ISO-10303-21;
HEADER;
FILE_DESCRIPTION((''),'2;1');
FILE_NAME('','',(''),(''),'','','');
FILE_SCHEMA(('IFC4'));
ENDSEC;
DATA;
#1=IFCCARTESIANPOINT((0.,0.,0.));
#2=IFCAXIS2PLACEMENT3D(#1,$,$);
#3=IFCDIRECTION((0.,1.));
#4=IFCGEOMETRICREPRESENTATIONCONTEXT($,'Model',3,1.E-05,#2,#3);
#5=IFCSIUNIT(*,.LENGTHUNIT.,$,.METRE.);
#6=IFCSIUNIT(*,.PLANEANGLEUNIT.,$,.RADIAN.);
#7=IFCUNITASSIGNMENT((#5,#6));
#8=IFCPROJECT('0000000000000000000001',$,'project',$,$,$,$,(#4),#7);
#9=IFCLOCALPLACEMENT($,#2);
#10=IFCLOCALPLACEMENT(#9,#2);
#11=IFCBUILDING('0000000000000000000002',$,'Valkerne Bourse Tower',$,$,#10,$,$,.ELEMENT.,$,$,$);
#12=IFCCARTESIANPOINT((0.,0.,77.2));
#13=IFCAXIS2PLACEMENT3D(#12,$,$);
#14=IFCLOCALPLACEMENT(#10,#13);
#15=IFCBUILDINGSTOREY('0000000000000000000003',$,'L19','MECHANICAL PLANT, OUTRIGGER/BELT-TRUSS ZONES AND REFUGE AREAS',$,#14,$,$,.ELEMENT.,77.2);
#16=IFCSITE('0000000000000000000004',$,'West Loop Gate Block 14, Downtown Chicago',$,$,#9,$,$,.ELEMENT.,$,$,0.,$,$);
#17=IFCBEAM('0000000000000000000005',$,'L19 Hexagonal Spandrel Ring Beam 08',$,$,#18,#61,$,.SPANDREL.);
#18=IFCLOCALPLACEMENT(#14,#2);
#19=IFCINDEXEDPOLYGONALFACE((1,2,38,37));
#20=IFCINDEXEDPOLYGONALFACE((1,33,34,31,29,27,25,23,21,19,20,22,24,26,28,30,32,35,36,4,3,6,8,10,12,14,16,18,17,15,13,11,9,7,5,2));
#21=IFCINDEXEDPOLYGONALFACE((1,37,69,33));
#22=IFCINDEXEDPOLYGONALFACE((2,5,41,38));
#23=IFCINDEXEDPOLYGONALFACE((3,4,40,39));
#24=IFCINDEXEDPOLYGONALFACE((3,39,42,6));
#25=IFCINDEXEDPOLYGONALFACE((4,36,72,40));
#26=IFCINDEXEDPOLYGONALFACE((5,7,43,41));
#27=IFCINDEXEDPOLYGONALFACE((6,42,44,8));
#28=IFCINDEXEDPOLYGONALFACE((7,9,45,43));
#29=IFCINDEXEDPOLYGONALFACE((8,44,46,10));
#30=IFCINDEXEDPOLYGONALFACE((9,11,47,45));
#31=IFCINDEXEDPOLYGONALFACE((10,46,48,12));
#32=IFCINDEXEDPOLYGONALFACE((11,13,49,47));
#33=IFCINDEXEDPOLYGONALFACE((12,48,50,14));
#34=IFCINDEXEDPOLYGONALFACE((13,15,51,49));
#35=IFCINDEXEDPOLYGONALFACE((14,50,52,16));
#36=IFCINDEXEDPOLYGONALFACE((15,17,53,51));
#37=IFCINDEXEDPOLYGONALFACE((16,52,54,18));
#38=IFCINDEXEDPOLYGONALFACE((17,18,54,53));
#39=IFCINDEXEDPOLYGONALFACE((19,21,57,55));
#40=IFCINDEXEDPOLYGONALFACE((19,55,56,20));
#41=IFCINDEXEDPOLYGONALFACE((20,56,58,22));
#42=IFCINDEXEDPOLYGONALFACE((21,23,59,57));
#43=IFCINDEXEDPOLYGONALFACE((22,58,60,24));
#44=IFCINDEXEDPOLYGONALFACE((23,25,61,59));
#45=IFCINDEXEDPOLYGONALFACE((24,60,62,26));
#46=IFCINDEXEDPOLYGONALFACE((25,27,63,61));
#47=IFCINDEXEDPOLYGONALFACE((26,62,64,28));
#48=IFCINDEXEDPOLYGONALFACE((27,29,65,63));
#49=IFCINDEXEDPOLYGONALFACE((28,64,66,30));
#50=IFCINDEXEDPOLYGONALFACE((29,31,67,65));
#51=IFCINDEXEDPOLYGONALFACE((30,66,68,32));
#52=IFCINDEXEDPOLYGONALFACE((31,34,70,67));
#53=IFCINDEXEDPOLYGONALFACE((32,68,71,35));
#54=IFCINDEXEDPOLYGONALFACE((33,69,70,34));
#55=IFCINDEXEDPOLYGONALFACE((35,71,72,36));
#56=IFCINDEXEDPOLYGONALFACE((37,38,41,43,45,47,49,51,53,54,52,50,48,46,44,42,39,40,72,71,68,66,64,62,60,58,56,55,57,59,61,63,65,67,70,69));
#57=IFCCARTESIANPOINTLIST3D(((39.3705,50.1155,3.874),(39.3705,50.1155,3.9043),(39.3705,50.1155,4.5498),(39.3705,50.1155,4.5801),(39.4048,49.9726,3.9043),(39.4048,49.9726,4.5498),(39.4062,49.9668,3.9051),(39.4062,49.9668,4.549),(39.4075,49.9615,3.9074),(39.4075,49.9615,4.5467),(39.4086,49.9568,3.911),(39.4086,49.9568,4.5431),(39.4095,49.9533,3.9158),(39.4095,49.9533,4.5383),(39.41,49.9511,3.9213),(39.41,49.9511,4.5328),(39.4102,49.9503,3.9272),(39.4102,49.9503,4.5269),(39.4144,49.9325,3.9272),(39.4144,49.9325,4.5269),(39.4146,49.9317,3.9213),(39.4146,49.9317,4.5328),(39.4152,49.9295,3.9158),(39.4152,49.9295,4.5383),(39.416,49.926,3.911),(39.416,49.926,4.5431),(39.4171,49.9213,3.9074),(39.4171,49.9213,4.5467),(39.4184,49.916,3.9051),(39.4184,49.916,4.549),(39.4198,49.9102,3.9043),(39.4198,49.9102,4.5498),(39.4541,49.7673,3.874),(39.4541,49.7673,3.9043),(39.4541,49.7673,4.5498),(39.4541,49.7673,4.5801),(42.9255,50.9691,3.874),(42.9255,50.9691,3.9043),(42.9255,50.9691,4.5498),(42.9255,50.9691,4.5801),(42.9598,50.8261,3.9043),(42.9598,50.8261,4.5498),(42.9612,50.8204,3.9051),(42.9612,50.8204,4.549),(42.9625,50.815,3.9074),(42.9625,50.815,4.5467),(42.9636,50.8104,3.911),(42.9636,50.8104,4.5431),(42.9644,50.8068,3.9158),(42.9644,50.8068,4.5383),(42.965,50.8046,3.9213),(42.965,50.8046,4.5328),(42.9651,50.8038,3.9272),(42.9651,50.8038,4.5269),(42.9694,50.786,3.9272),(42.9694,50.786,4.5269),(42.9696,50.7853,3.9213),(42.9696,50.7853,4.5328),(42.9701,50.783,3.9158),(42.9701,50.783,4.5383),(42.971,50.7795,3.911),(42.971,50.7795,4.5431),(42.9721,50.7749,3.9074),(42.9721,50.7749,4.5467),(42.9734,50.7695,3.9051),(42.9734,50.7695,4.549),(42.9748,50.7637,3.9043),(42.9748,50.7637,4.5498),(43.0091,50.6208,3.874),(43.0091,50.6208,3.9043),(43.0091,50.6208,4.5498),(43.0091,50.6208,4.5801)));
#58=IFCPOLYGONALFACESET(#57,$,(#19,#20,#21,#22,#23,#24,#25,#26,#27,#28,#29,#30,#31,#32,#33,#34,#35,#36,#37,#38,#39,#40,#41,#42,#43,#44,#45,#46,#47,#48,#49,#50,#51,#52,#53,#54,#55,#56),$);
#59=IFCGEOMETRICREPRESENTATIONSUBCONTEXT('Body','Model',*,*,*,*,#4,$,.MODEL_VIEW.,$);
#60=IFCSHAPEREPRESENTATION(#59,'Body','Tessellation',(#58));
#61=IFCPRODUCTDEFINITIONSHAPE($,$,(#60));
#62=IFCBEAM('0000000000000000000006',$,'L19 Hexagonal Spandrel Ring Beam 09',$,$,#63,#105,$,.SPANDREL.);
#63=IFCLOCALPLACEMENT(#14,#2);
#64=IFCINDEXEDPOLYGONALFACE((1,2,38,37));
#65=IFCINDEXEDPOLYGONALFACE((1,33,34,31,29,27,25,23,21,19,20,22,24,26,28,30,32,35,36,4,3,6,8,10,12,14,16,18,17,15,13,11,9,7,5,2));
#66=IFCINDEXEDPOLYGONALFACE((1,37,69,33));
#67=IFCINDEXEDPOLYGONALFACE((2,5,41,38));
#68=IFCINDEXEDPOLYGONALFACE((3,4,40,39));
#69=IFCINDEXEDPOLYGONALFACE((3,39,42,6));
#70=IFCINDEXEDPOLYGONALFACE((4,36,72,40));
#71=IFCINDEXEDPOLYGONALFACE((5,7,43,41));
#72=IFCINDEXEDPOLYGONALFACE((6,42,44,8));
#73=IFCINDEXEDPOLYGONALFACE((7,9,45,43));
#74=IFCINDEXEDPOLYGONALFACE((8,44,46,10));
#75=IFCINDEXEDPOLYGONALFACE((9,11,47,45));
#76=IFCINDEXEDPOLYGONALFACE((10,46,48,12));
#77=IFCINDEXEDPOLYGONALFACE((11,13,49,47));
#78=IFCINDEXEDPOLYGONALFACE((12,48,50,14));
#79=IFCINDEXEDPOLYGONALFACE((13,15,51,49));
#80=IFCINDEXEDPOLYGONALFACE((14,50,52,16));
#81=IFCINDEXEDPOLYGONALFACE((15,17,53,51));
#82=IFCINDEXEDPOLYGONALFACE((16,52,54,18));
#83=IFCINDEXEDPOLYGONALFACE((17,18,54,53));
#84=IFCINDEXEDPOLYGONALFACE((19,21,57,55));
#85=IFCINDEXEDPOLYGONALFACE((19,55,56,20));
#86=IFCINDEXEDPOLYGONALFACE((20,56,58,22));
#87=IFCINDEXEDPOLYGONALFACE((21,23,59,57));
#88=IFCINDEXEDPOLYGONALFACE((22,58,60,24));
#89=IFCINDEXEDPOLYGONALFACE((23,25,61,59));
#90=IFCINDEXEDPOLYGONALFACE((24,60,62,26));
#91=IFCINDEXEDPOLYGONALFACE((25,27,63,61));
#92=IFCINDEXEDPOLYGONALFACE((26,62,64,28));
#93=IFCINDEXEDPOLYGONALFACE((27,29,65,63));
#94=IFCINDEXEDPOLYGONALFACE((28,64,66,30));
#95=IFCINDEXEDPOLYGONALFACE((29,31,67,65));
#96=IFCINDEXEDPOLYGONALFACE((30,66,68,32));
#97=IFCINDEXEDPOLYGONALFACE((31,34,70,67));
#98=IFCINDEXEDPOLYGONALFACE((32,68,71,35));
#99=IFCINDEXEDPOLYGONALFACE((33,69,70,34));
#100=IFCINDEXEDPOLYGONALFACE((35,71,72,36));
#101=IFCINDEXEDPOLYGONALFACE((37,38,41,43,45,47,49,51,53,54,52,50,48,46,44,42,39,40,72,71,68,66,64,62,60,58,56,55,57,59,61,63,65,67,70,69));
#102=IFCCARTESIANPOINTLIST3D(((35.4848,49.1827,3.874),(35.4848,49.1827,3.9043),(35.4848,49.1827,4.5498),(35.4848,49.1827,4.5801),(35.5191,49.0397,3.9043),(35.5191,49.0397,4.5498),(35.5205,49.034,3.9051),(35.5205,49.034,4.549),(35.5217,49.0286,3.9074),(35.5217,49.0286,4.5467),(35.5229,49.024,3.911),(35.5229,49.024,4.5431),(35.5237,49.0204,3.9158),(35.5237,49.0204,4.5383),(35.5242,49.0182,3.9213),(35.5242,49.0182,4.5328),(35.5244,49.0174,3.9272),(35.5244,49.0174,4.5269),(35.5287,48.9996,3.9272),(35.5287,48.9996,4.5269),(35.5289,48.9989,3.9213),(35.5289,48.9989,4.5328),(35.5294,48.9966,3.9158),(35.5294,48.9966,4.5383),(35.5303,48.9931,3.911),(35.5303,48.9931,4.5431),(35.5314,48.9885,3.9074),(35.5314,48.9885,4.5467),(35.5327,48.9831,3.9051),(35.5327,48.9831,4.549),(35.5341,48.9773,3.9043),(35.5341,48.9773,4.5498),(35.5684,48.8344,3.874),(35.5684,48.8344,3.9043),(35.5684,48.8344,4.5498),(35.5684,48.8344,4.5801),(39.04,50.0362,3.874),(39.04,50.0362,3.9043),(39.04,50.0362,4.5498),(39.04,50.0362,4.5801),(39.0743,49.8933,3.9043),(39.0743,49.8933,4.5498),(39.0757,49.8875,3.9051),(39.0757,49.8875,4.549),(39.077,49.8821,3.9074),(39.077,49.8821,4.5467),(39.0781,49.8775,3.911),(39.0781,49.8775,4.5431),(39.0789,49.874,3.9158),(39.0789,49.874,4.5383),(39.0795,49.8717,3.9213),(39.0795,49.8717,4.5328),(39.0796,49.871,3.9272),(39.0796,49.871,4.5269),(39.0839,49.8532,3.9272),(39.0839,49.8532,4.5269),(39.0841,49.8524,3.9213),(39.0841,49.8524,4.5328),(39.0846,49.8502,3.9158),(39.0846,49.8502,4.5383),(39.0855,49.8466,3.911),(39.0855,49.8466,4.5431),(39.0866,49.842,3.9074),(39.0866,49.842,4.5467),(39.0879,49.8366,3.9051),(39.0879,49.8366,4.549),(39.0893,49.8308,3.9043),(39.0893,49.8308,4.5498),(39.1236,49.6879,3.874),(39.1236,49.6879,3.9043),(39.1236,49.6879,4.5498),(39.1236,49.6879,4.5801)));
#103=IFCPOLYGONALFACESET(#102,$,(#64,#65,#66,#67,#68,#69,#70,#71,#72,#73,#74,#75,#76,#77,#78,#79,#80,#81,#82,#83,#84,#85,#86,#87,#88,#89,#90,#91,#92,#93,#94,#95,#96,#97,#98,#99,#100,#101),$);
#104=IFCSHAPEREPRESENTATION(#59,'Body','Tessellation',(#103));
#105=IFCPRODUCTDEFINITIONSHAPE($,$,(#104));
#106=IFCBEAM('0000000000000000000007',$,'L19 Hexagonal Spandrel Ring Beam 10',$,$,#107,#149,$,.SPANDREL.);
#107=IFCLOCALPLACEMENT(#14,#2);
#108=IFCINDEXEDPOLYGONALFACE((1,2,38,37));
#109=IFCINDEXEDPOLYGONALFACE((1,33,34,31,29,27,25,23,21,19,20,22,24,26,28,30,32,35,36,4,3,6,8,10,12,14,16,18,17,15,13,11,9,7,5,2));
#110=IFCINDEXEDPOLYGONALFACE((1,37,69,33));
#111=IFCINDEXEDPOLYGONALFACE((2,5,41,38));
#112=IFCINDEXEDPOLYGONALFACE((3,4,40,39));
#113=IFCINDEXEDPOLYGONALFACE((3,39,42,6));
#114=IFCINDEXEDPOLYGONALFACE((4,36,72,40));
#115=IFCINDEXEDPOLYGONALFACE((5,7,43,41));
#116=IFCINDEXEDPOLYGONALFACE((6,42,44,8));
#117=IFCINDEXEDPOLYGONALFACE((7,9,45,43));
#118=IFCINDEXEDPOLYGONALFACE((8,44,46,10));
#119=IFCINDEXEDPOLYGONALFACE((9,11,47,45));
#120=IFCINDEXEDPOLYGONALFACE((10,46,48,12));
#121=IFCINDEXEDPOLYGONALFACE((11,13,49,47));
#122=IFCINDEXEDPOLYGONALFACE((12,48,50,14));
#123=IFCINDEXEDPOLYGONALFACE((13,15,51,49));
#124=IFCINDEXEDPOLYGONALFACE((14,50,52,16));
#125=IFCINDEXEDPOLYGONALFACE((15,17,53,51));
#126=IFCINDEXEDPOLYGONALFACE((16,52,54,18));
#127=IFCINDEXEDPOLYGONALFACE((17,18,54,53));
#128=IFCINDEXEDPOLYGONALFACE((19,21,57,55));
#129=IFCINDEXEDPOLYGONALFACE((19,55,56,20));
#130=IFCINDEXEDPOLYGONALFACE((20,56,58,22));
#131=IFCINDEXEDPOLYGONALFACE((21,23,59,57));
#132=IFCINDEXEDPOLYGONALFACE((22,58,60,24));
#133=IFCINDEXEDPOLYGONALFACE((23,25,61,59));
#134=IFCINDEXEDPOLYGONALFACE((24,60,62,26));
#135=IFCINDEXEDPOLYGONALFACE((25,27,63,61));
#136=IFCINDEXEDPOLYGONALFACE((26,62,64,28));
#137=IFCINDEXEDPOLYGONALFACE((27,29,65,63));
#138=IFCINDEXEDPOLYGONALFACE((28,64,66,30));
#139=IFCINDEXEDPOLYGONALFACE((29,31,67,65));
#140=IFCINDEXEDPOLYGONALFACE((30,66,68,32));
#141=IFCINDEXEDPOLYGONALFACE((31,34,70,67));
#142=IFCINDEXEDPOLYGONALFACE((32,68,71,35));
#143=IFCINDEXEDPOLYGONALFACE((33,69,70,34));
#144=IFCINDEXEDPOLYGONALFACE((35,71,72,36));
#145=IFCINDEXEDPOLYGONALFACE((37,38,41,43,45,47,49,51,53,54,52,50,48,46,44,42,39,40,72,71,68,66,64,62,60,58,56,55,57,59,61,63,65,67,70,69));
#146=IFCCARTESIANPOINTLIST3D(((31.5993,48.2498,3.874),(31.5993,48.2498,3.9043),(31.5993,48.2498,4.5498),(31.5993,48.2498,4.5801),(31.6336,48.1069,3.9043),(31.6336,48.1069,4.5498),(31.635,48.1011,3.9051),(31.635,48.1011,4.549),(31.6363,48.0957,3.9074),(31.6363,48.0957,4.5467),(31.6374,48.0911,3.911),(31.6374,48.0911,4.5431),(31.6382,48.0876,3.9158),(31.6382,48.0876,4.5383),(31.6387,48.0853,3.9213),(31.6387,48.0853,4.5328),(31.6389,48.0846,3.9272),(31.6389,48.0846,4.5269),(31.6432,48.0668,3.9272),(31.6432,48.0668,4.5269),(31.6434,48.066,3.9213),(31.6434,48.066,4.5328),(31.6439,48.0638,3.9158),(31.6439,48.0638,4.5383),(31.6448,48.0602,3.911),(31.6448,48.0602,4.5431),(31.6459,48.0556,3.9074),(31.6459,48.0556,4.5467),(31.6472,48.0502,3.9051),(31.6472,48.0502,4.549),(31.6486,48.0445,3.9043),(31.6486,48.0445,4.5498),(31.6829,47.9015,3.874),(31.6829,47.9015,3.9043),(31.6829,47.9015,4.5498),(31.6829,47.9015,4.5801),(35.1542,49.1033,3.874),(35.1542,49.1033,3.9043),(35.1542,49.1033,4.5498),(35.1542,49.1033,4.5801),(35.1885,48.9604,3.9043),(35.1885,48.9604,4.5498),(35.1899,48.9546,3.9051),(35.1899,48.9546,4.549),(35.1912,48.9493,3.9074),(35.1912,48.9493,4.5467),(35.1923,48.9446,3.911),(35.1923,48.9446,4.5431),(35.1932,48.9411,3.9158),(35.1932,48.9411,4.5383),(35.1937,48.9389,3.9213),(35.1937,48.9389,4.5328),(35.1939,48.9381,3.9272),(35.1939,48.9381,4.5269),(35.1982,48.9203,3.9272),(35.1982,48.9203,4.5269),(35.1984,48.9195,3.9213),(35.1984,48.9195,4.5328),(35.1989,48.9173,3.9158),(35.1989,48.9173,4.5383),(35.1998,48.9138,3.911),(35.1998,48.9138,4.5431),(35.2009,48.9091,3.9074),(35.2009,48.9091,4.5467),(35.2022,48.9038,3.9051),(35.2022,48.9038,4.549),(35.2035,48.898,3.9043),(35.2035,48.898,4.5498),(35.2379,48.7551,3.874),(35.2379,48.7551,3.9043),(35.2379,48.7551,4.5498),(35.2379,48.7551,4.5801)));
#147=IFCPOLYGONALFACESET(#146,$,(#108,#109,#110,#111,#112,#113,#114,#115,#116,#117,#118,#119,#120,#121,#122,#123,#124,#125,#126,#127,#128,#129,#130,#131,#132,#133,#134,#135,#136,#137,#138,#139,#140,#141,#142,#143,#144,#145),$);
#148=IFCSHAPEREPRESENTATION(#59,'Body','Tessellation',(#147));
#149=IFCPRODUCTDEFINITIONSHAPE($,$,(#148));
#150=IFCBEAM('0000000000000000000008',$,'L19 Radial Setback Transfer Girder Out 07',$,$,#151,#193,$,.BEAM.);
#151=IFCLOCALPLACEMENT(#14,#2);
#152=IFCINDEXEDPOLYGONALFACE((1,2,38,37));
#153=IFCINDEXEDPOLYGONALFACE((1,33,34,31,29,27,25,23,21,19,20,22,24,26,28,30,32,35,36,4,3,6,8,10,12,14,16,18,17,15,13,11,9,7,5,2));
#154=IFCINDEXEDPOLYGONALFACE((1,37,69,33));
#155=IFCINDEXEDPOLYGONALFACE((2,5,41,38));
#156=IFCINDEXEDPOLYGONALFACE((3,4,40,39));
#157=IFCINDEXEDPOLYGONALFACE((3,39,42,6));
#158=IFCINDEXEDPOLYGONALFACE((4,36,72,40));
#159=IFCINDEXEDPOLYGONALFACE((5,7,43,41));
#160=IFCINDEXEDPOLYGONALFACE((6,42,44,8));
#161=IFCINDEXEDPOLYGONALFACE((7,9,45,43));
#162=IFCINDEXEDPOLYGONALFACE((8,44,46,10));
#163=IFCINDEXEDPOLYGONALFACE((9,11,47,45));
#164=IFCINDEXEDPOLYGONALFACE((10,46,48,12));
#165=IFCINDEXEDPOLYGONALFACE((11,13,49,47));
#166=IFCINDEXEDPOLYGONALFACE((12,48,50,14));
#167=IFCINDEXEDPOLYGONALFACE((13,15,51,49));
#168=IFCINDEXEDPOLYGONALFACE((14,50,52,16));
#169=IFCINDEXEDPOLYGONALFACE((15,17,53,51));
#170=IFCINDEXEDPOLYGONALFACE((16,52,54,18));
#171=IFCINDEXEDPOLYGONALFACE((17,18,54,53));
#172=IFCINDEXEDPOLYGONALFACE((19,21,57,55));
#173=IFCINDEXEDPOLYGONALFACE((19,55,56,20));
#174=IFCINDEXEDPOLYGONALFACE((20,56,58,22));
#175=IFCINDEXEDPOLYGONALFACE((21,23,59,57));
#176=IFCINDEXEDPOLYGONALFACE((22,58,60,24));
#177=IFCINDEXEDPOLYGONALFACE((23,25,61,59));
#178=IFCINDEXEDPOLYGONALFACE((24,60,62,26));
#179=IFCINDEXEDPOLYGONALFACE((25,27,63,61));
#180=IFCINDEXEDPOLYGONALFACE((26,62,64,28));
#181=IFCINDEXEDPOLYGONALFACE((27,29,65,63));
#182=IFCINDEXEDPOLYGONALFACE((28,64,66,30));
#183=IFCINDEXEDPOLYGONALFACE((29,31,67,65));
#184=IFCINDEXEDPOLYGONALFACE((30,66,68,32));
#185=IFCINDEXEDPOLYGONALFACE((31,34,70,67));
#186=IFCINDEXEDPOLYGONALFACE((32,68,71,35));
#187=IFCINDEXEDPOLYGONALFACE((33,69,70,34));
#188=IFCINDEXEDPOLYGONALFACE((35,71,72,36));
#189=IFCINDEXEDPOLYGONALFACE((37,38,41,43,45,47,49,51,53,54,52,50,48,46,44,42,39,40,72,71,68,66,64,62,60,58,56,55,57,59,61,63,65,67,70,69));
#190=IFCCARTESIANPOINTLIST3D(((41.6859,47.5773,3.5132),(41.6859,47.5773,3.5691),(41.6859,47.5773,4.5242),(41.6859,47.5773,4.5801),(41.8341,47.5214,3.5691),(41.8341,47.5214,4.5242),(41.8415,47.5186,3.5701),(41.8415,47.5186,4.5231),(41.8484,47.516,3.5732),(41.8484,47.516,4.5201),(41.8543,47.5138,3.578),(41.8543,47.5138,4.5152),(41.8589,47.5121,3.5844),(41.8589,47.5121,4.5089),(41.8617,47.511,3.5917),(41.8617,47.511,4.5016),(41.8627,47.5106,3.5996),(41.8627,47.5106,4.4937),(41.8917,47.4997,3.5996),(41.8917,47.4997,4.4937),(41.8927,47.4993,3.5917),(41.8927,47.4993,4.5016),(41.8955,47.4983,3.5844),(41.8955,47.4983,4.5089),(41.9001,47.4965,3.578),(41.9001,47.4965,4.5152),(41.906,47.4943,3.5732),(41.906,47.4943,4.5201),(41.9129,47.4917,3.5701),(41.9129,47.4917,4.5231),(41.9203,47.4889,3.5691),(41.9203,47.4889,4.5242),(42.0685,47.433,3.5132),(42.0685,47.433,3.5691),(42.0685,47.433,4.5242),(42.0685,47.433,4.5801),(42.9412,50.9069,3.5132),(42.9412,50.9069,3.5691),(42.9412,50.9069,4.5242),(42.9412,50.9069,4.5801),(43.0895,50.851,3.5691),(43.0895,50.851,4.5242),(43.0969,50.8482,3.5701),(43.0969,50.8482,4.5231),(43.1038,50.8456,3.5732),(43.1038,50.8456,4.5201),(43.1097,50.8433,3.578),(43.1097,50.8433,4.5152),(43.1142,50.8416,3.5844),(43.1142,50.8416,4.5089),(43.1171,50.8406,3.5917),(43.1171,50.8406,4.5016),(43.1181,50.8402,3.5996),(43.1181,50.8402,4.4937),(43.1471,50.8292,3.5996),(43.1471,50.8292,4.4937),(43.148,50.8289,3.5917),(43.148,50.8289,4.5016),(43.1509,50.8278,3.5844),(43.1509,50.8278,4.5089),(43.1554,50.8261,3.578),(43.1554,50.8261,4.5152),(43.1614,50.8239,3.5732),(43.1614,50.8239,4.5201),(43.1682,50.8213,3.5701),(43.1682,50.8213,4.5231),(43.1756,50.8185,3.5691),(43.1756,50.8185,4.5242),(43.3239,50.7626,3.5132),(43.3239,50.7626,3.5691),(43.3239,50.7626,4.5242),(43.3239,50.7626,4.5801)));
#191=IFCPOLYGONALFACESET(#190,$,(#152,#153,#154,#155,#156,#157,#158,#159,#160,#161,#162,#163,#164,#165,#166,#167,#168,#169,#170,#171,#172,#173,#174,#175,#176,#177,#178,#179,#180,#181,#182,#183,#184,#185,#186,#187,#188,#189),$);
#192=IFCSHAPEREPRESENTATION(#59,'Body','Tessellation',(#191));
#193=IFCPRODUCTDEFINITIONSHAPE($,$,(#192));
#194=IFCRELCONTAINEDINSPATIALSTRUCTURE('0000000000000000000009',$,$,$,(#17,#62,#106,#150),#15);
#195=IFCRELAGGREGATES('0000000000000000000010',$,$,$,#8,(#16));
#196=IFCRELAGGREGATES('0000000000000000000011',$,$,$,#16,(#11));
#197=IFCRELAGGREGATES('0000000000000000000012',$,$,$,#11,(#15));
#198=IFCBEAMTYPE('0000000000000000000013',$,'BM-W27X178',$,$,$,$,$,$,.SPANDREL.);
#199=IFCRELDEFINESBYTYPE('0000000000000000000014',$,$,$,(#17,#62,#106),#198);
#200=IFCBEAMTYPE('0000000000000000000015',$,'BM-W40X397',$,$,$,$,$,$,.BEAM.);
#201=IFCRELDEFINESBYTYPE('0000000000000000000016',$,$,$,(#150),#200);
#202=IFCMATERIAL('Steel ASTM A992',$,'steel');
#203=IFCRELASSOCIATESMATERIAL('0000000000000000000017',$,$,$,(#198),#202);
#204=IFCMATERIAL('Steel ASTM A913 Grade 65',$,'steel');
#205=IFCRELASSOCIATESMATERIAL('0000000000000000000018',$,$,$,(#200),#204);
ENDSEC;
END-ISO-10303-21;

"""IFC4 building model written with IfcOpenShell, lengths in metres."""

from ifc_helpers import new_model, si_unit, direction, frame, origin, origin_2d, place, context, subcontext, project, spatial, i_section, extrude, material, material_profile, profile_set, type_object, element, save


model = new_model("IFC4")

# Units and contexts
model_context = context("Model", 3, precision=1e-05, world=origin(), true_north=direction((0.0, 1.0)))
body_context = subcontext(model_context, "Body", "Model", "MODEL_VIEW")
ifc_project = project(units=[si_unit("LENGTHUNIT", "METRE"), si_unit("PLANEANGLEUNIT", "RADIAN")], contexts=[model_context])

# Site, building, storey
site_placement = place(None, origin())
site = spatial("IfcSite", under=ifc_project, at=site_placement, Name="West Loop Gate Block 14, Downtown Chicago", CompositionType="ELEMENT", RefElevation=0.0)
building_placement = place(site_placement, origin())
building = spatial("IfcBuilding", under=site, at=building_placement, Name="Valkerne Bourse Tower", CompositionType="ELEMENT")
storey_placement = place(building_placement, frame((0.0, 0.0, 77.2)))
storey = spatial("IfcBuildingStorey", under=building, at=storey_placement, Name="L19", Description="MECHANICAL PLANT, OUTRIGGER/BELT-TRUSS ZONES AND REFUGE AREAS", CompositionType="ELEMENT", Elevation=77.2)

# Shared definitions
ifc_material_1 = material(Name="Steel ASTM A913 Grade 65", Category="steel")

# Beams
ifc_material_2 = material(Name="Steel ASTM A992", Category="steel")
ifc_material_profile_1 = material_profile(ifc_material_2, i_section(OverallWidth=0.3582, OverallDepth=0.7061, WebThickness=0.0183, FlangeThickness=0.0303, FilletRadius=0.0229, at=origin_2d()), Name="W27X178")
ifc_profile_set_1 = profile_set([ifc_material_profile_1], Name="Steel ASTM A992")
beam_type_1 = type_object("IfcBeamType", Name="BM-W27X178", PredefinedType="SPANDREL", material=ifc_profile_set_1)
beam_1_placement = place(storey_placement, frame((42.9673, 50.7949, 4.2271), z_axis=(-0.972367, -0.233459, 0.0), x_axis=(0.233459, -0.972367, 0.0)))
element("IfcBeam", 1, at=beam_1_placement, inside=storey, type_object=beam_type_1, Name="L19 Hexagonal Spandrel Ring Beam 08", PredefinedType="SPANDREL", context=body_context, shape_type="SweptSolid", body=[
    extrude(i_section(OverallWidth=0.3582, OverallDepth=0.7061, WebThickness=0.0183, FlangeThickness=0.0303, FilletRadius=0.0229, at=origin_2d()), origin(), (0.0, 0.0, 1.0), 3.656),
])
beam_2_placement = place(storey_placement, frame((39.0818, 49.8621, 4.2271), z_axis=(-0.97237, -0.233444, 0.0), x_axis=(0.233444, -0.97237, 0.0)))
element("IfcBeam", 2, at=beam_2_placement, inside=storey, type_object=beam_type_1, Name="L19 Hexagonal Spandrel Ring Beam 09", PredefinedType="SPANDREL", context=body_context, shape_type="SweptSolid", body=[
    extrude(i_section(OverallWidth=0.3582, OverallDepth=0.7061, WebThickness=0.0183, FlangeThickness=0.0303, FilletRadius=0.0229, at=origin_2d()), origin(), (0.0, 0.0, 1.0), 3.6562),
])
beam_3_placement = place(storey_placement, frame((35.196, 48.9292, 4.2271), z_axis=(-0.972367, -0.233459, 0.0), x_axis=(0.233459, -0.972367, 0.0)))
element("IfcBeam", 3, at=beam_3_placement, inside=storey, type_object=beam_type_1, Name="L19 Hexagonal Spandrel Ring Beam 10", PredefinedType="SPANDREL", context=body_context, shape_type="SweptSolid", body=[
    extrude(i_section(OverallWidth=0.3582, OverallDepth=0.7061, WebThickness=0.0183, FlangeThickness=0.0303, FilletRadius=0.0229, at=origin_2d()), origin(), (0.0, 0.0, 1.0), 3.656),
])
ifc_material_profile_2 = material_profile(ifc_material_1, i_section(OverallWidth=0.4089, OverallDepth=1.0669, WebThickness=0.031, FlangeThickness=0.0559, FilletRadius=0.0305, at=origin_2d()), Name="W40X397")
ifc_profile_set_2 = profile_set([ifc_material_profile_2], Name="Steel ASTM A913 Grade 65")
beam_type_2 = type_object("IfcBeamType", Name="BM-W40X397", PredefinedType="BEAM", material=ifc_profile_set_2)
beam_4_placement = place(storey_placement, frame((43.1326, 50.8347, 4.0466), z_axis=(-0.352792, -0.935702, 0.0), x_axis=(0.935702, -0.352792, 0.0)))
element("IfcBeam", 4, at=beam_4_placement, inside=storey, type_object=beam_type_2, Name="L19 Radial Setback Transfer Girder Out 07", PredefinedType="BEAM", context=body_context, shape_type="SweptSolid", body=[
    extrude(i_section(OverallWidth=0.4089, OverallDepth=1.0669, WebThickness=0.031, FlangeThickness=0.0559, FilletRadius=0.0305, at=origin_2d()), origin(), (0.0, 0.0, 1.0), 3.5583),
])

save(model, "model.ifc")
